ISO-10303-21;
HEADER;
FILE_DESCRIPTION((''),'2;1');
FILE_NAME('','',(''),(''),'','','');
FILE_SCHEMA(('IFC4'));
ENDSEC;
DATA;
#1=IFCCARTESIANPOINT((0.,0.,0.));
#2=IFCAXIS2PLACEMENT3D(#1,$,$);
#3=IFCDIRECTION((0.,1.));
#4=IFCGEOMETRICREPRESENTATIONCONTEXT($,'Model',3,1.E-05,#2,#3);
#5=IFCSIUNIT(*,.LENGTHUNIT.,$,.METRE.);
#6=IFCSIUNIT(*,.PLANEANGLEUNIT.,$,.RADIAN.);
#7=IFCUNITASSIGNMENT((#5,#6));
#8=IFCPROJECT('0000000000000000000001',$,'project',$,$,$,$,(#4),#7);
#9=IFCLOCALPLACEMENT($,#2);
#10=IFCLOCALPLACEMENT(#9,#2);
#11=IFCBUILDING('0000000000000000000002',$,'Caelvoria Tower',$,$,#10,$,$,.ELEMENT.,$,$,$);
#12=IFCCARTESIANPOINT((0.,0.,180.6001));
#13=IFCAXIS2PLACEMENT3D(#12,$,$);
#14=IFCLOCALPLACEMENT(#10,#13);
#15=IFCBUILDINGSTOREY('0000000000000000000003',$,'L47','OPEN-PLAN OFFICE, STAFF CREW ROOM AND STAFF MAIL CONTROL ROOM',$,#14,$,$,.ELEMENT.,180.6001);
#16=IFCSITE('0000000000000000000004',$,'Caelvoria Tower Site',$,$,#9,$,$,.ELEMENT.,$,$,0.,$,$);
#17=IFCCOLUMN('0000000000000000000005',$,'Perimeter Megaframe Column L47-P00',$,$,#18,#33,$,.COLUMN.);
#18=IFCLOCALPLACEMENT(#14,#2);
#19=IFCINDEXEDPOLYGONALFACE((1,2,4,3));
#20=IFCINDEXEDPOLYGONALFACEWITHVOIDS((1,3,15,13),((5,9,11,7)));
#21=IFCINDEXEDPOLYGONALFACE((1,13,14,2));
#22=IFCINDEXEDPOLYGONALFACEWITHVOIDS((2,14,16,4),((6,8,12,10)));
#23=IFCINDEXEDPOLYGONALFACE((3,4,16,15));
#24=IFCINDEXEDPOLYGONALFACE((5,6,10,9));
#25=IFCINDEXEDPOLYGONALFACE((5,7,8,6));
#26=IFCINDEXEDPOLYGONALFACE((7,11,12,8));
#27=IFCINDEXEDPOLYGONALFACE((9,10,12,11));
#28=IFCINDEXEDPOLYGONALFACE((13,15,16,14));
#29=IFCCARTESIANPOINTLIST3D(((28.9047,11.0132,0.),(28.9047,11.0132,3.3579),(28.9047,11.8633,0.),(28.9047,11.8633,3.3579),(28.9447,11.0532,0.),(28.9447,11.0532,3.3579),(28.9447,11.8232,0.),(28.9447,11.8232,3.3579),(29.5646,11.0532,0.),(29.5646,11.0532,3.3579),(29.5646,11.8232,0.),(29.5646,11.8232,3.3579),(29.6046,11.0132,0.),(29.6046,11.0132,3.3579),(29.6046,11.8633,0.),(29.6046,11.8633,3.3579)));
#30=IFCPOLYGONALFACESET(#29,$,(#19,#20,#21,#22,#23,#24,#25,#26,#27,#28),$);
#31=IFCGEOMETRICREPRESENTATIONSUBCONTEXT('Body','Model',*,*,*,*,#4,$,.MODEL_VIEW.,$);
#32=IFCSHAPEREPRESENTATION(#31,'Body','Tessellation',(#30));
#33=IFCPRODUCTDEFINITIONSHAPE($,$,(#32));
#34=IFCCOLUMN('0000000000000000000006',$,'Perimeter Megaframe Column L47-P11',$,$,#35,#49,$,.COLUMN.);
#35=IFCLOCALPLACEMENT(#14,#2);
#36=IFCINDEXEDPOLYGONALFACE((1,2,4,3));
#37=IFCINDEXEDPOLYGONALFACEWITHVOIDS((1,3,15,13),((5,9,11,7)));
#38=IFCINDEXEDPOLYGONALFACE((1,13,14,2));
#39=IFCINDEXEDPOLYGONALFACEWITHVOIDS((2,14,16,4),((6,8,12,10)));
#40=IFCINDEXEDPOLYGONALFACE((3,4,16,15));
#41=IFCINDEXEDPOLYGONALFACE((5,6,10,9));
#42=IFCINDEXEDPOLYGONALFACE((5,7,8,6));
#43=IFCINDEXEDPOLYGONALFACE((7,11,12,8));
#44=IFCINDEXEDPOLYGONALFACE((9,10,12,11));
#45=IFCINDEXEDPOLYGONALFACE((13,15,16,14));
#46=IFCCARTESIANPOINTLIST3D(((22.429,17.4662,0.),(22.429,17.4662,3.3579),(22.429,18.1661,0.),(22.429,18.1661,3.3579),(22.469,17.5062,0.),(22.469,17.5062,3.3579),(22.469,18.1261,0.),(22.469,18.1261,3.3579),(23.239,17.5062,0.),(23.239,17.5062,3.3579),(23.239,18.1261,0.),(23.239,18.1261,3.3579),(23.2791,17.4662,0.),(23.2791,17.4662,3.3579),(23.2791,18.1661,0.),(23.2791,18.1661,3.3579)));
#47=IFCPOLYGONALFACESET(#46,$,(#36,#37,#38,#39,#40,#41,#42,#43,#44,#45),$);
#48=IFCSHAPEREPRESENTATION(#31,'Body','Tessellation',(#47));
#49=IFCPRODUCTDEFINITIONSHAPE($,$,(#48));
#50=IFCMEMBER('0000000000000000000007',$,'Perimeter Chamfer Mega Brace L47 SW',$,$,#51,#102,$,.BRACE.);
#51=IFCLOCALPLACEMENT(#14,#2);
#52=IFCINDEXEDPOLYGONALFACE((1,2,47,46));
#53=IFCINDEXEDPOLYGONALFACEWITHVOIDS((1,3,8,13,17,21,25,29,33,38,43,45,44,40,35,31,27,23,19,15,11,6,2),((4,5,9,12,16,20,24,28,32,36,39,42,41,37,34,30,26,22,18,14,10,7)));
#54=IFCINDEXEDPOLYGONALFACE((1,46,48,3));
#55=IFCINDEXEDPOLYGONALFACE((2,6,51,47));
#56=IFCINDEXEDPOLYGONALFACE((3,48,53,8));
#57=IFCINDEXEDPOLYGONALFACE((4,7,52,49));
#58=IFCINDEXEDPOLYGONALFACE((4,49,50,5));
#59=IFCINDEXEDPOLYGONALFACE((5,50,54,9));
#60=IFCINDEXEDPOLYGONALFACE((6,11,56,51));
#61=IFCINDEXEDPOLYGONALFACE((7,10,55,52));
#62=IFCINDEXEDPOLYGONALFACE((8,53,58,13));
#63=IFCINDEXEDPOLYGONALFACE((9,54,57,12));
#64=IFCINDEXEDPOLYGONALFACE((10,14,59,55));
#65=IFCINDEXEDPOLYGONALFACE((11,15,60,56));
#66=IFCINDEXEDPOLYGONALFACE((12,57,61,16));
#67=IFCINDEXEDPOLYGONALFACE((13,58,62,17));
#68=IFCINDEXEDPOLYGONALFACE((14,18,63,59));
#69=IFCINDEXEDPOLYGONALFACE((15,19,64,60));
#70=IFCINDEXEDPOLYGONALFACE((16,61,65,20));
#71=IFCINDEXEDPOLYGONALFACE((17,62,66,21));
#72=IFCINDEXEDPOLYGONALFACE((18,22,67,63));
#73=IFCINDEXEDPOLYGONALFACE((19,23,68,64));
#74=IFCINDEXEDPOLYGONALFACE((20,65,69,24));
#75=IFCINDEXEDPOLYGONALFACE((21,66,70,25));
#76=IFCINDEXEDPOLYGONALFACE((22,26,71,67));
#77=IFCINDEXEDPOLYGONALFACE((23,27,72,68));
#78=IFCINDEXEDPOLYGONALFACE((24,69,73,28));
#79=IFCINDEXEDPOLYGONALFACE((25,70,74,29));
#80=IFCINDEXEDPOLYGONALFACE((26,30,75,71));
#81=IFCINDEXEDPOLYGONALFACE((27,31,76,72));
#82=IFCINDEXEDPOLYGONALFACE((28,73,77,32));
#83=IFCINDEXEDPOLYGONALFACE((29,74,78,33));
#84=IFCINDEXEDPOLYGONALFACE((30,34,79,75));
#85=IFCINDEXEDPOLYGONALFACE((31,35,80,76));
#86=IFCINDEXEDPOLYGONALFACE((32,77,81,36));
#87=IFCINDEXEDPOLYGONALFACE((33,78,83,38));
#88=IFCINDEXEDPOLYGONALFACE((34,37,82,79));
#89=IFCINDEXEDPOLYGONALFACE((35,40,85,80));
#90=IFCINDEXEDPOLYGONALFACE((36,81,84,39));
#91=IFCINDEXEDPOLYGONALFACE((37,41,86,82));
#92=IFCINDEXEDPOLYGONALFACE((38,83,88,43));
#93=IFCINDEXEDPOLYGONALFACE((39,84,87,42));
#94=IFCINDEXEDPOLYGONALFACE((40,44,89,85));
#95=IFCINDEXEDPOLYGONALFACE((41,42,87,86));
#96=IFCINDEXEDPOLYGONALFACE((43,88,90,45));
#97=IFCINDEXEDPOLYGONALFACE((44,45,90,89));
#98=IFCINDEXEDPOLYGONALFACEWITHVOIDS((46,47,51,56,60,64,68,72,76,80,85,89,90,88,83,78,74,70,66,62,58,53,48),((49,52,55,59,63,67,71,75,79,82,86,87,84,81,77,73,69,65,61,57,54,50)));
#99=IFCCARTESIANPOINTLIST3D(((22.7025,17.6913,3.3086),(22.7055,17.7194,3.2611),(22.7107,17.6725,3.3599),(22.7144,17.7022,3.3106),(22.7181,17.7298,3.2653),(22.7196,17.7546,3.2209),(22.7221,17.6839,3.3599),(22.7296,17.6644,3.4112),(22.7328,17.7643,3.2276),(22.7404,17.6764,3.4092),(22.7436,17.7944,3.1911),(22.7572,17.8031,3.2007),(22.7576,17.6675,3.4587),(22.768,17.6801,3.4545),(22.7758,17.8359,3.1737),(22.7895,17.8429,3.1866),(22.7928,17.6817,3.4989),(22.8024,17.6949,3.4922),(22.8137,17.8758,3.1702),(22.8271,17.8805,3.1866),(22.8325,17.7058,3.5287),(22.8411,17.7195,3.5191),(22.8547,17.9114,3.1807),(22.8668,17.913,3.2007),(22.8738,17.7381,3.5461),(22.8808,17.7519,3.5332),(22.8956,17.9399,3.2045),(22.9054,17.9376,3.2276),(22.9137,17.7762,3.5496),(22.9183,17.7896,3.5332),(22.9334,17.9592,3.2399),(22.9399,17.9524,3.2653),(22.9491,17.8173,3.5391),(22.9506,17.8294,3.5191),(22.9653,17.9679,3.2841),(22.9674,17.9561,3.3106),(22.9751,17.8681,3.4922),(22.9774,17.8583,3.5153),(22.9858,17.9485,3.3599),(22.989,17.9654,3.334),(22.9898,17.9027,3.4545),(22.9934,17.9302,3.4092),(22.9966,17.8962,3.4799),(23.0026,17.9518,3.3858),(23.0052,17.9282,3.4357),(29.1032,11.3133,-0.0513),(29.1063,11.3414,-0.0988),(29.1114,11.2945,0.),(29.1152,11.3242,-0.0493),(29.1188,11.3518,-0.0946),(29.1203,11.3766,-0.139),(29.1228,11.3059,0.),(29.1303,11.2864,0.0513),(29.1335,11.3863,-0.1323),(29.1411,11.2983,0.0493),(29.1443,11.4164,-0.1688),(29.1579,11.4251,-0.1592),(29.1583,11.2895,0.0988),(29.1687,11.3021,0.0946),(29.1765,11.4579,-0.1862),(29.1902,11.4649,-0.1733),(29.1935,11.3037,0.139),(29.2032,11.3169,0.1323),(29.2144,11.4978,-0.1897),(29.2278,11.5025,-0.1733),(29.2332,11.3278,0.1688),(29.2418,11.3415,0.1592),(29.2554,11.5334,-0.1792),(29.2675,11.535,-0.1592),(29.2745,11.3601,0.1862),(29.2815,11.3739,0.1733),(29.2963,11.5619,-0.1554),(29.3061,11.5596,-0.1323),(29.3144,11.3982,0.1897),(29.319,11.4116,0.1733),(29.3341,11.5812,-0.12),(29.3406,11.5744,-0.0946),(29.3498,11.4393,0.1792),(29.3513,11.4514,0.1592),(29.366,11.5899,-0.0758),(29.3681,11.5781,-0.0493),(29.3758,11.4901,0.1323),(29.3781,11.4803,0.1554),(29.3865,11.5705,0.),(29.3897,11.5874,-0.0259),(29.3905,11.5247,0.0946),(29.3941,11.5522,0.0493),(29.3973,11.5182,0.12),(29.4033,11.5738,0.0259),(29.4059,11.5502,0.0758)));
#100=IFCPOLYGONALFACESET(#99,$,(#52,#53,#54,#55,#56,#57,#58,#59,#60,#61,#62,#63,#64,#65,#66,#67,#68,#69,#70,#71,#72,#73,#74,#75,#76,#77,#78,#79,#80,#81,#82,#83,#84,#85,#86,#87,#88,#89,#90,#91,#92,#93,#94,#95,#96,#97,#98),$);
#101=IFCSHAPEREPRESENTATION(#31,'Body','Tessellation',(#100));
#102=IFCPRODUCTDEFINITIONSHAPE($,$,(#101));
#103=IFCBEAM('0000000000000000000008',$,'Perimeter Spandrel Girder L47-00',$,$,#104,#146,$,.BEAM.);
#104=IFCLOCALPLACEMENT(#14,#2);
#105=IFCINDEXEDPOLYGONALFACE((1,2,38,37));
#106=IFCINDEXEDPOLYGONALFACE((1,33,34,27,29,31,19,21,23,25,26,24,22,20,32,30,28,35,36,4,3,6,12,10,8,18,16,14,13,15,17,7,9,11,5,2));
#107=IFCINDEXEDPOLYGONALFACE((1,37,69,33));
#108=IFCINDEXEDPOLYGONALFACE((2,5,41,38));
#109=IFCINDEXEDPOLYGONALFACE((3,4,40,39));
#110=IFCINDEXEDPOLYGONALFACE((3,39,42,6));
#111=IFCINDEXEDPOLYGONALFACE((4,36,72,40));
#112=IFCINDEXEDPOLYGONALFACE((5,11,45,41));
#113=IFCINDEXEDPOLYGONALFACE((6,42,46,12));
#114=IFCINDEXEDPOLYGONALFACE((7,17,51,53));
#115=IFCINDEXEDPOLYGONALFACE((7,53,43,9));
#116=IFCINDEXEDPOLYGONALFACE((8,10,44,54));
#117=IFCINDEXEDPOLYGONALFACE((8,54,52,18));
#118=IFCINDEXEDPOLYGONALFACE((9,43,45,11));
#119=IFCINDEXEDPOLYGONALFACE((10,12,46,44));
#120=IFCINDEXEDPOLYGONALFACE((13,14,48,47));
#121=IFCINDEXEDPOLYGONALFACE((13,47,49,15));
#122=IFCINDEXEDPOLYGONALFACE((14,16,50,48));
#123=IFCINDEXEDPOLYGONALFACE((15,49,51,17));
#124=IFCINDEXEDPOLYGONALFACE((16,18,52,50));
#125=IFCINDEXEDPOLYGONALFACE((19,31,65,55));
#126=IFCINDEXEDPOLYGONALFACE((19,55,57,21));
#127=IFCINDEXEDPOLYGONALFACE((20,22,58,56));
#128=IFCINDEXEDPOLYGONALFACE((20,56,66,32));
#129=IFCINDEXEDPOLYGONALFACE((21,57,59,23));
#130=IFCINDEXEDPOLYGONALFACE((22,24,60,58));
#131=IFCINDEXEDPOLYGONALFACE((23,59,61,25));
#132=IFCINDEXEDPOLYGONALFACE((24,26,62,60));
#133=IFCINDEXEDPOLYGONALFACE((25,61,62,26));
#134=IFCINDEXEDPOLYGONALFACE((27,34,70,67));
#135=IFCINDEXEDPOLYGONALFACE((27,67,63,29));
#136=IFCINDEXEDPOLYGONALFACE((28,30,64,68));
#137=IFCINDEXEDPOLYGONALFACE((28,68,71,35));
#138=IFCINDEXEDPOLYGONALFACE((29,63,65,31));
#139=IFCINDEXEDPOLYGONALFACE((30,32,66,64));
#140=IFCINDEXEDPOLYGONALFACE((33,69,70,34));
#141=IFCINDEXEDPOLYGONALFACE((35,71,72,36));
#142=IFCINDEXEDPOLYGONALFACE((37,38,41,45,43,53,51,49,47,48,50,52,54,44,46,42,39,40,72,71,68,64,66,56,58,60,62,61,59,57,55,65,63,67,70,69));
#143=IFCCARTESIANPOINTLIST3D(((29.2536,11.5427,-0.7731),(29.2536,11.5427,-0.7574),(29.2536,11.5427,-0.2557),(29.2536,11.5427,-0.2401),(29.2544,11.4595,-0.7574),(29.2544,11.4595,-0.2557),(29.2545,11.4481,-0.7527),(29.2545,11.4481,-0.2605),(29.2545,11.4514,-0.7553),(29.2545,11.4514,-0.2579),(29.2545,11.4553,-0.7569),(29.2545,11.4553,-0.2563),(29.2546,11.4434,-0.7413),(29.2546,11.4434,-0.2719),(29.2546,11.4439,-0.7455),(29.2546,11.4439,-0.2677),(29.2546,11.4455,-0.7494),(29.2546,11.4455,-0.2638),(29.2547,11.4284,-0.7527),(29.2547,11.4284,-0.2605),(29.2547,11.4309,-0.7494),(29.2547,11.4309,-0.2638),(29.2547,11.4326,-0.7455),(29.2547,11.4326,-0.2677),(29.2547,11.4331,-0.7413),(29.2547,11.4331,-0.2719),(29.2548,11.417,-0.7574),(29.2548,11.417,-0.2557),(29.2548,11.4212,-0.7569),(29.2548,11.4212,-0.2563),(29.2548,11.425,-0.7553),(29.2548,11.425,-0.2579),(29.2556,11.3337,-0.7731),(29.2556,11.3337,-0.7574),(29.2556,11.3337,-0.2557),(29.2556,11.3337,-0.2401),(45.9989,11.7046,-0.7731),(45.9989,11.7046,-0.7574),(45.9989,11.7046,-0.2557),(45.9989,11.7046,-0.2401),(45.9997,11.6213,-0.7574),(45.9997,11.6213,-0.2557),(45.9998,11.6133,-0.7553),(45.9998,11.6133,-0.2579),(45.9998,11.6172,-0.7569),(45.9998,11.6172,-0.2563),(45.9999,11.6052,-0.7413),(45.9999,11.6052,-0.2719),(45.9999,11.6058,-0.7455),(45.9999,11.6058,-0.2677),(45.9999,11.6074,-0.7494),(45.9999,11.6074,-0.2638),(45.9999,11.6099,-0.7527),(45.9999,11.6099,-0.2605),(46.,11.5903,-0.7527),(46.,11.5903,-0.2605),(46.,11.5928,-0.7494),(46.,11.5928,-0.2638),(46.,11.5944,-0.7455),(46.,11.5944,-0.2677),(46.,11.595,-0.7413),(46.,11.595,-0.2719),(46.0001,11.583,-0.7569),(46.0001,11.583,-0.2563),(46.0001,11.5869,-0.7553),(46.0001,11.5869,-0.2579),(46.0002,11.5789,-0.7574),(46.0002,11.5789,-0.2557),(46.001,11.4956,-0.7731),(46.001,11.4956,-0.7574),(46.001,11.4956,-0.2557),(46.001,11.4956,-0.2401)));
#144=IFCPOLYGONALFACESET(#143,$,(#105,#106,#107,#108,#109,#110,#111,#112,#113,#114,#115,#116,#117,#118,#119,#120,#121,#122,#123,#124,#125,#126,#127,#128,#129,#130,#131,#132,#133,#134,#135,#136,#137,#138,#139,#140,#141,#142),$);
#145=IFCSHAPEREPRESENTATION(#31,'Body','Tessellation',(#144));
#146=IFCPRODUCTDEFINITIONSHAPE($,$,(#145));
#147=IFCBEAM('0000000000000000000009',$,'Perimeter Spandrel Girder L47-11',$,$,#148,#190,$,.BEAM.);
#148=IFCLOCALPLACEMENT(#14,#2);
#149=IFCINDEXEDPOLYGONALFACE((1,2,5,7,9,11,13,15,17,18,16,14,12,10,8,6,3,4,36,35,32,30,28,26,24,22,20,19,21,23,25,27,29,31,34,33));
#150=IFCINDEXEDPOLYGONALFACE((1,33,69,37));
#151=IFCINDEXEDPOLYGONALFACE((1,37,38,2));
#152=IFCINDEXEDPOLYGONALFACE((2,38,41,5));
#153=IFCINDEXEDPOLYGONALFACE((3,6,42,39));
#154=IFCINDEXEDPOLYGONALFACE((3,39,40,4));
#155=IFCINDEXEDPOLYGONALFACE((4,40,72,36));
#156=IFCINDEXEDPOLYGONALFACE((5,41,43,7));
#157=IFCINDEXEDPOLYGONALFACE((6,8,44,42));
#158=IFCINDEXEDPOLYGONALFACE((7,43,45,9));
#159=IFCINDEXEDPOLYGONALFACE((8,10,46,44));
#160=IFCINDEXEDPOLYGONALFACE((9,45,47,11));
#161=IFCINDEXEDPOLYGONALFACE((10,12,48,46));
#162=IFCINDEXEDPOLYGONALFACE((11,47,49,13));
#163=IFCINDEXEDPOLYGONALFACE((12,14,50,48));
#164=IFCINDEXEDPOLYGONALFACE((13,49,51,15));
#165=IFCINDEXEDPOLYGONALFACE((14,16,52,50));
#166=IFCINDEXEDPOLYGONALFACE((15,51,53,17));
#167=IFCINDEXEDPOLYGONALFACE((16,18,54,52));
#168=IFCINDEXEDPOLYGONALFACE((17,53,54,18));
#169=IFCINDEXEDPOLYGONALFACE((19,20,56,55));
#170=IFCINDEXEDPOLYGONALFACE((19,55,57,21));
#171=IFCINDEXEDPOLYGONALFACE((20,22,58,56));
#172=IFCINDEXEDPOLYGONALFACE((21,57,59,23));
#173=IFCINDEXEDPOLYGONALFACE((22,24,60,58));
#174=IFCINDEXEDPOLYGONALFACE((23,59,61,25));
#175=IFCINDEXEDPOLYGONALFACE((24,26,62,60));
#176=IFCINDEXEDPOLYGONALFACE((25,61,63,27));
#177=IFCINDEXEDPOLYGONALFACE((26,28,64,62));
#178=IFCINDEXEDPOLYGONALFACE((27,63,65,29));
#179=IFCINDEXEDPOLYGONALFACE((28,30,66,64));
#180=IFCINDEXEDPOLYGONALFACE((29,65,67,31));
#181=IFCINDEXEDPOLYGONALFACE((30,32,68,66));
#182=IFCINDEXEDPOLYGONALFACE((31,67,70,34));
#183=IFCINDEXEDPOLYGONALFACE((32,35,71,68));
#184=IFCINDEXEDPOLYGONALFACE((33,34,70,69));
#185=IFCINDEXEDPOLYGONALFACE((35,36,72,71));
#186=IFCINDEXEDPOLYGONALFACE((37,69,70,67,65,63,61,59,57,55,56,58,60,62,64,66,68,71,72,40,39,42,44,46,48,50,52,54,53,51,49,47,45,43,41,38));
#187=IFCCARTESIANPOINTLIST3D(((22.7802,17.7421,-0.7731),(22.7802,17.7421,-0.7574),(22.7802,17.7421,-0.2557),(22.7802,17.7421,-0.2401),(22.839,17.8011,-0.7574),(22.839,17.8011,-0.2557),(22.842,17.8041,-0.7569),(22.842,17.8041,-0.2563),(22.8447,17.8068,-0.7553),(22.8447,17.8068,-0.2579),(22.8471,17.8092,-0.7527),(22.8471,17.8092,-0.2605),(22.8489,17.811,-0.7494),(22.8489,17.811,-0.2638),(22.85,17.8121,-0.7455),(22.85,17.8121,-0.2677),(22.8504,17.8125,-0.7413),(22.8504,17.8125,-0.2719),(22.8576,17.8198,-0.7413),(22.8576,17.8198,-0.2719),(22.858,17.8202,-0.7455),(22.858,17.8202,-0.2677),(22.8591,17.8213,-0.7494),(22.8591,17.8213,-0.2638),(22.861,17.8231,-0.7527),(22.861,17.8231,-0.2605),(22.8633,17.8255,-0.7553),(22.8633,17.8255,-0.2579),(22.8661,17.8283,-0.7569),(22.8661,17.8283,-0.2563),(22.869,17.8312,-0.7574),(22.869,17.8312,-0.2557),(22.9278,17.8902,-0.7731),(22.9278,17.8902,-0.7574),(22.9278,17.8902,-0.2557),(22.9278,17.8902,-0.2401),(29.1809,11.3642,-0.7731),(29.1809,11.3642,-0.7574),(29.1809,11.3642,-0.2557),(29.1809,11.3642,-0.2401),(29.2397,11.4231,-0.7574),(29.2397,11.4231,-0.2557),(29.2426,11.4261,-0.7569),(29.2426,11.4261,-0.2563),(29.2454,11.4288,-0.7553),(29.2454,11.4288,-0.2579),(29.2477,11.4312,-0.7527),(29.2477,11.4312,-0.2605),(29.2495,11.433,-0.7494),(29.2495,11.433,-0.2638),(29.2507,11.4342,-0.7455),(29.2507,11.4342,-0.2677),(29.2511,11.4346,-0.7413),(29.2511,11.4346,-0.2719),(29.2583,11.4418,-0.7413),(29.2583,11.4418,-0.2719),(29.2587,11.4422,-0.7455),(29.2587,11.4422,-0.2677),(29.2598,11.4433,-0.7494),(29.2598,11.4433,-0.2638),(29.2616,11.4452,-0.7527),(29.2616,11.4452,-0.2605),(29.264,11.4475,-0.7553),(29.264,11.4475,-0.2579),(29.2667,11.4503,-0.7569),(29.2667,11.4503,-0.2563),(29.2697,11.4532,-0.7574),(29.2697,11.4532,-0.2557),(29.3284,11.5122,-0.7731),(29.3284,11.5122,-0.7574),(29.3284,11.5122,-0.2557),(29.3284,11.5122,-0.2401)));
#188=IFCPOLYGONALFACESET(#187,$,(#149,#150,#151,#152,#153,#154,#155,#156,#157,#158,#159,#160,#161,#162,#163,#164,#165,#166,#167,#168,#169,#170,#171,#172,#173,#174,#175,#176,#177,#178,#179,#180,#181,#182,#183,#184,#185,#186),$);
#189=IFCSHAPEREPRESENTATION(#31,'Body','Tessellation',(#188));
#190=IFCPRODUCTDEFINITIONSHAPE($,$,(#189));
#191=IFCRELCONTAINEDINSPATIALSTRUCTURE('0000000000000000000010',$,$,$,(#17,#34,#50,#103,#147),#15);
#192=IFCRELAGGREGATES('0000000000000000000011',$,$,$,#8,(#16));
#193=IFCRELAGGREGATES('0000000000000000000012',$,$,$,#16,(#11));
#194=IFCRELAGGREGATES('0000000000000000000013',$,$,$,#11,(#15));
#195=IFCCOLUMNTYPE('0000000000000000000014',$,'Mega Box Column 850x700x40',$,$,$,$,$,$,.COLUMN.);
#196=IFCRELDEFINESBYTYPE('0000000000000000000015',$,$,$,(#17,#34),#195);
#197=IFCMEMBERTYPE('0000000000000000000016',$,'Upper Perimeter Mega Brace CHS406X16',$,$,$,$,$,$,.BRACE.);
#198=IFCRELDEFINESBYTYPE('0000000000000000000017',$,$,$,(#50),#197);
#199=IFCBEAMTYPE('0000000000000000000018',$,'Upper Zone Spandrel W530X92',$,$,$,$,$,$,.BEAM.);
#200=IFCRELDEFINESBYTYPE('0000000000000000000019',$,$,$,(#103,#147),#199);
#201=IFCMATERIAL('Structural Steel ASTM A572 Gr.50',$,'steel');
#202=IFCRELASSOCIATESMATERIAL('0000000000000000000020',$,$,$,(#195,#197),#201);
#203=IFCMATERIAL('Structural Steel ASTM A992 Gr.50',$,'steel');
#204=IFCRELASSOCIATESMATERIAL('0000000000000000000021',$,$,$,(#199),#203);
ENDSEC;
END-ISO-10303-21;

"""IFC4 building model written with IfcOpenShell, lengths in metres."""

from ifc_helpers import new_model, si_unit, direction, frame, origin, origin_2d, place, context, subcontext, project, spatial, hollow_rectangle, hollow_circle, i_section, extrude, material, material_profile, profile_set, type_object, element, save


model = new_model("IFC4")

# Units and contexts
model_context = context("Model", 3, precision=1e-05, world=origin(), true_north=direction((0.0, 1.0)))
body_context = subcontext(model_context, "Body", "Model", "MODEL_VIEW")
ifc_project = project(units=[si_unit("LENGTHUNIT", "METRE"), si_unit("PLANEANGLEUNIT", "RADIAN")], contexts=[model_context])

# Site, building, storey
site_placement = place(None, origin())
site = spatial("IfcSite", under=ifc_project, at=site_placement, Name="Caelvoria Tower Site", CompositionType="ELEMENT", RefElevation=0.0)
building_placement = place(site_placement, origin())
building = spatial("IfcBuilding", under=site, at=building_placement, Name="Caelvoria Tower", CompositionType="ELEMENT")
storey_placement = place(building_placement, frame((0.0, 0.0, 180.6001)))
storey = spatial("IfcBuildingStorey", under=building, at=storey_placement, Name="L47", Description="OPEN-PLAN OFFICE, STAFF CREW ROOM AND STAFF MAIL CONTROL ROOM", CompositionType="ELEMENT", Elevation=180.6001)

# Columns
ifc_material_1 = material(Name="Structural Steel ASTM A572 Gr.50", Category="steel")
ifc_material_profile_1 = material_profile(ifc_material_1, hollow_rectangle(XDim=0.7, YDim=0.8501, WallThickness=0.04, at=origin_2d()), Name="Structural Steel ASTM A572 Gr.50")
ifc_profile_set_1 = profile_set([ifc_material_profile_1], Name="BOX850X700X40 - Structural Steel ASTM A572 Gr.50")
column_type = type_object("IfcColumnType", Name="Mega Box Column 850x700x40", PredefinedType="COLUMN", material=ifc_profile_set_1)
for number, where, z_axis, x_axis, name in (
    (1, (29.2546, 11.4382, 0.0), (0.0, 0.0, 1.0), (1.0, 0.0, 0.0), "Perimeter Megaframe Column L47-P00"),
    (2, (22.854, 17.8162, 0.0), (0.0, 0.0, 1.0), (0.0, 1.0, 0.0), "Perimeter Megaframe Column L47-P11"),
):
    element("IfcColumn", number, at=place(storey_placement, frame(where, z_axis=z_axis, x_axis=x_axis)), inside=storey, type_object=column_type, Name=name, PredefinedType="COLUMN", context=body_context, shape_type="SweptSolid", body=[
        extrude(hollow_rectangle(XDim=0.7, YDim=0.8501, WallThickness=0.04, at=origin_2d()), origin(), (0.0, 0.0, 1.0), 3.3579),
    ])

# Member
ifc_material_profile_2 = material_profile(ifc_material_1, hollow_circle(Radius=0.2029, WallThickness=0.0161, at=origin_2d()), Name="Structural Steel ASTM A572 Gr.50")
ifc_profile_set_2 = profile_set([ifc_material_profile_2], Name="CHS406X16 - Structural Steel ASTM A572 Gr.50")
member_type = type_object("IfcMemberType", Name="Upper Perimeter Mega Brace CHS406X16", PredefinedType="BRACE", material=ifc_profile_set_2)
member_placement = place(storey_placement, frame((29.2546, 11.4382, 0.0), z_axis=(-0.663948, 0.661592, 0.348524), x_axis=(-0.705849, -0.708362, 0.0)))
element("IfcMember", 3, at=member_placement, inside=storey, type_object=member_type, Name="Perimeter Chamfer Mega Brace L47 SW", PredefinedType="BRACE", context=body_context, shape_type="SweptSolid", body=[
    extrude(hollow_circle(Radius=0.2029, WallThickness=0.0161, at=origin_2d()), origin(), (0.0, 0.0, 1.0), 9.6404),
])

# Beams
ifc_material_2 = material(Name="Structural Steel ASTM A992 Gr.50", Category="steel")
ifc_material_profile_3 = material_profile(ifc_material_2, i_section(OverallWidth=0.209, OverallDepth=0.533, WebThickness=0.0103, FlangeThickness=0.0156, FilletRadius=0.0161, at=origin_2d()), Name="Structural Steel ASTM A992 Gr.50")
ifc_profile_set_3 = profile_set([ifc_material_profile_3], Name="W530X92 - Structural Steel ASTM A992 Gr.50")
beam_type = type_object("IfcBeamType", Name="Upper Zone Spandrel W530X92", PredefinedType="BEAM", material=ifc_profile_set_3)
beam_1_placement = place(storey_placement, frame((29.2546, 11.4382, -0.5066), z_axis=(0.999953, 0.009666, 0.0), x_axis=(-0.009666, 0.999953, 0.0)))
element("IfcBeam", 4, at=beam_1_placement, inside=storey, type_object=beam_type, Name="Perimeter Spandrel Girder L47-00", PredefinedType="BEAM", context=body_context, shape_type="SweptSolid", body=[
    extrude(i_section(OverallWidth=0.209, OverallDepth=0.533, WebThickness=0.0103, FlangeThickness=0.0156, FilletRadius=0.0161, at=origin_2d()), origin(), (0.0, 0.0, 1.0), 16.7461),
])
beam_2_placement = place(storey_placement, frame((22.854, 17.8162, -0.5066), z_axis=(0.708362, -0.705849, 0.0), x_axis=(0.705849, 0.708362, 0.0)))
element("IfcBeam", 5, at=beam_2_placement, inside=storey, type_object=beam_type, Name="Perimeter Spandrel Girder L47-11", PredefinedType="BEAM", context=body_context, shape_type="SweptSolid", body=[
    extrude(i_section(OverallWidth=0.209, OverallDepth=0.533, WebThickness=0.0103, FlangeThickness=0.0156, FilletRadius=0.0161, at=origin_2d()), origin(), (0.0, 0.0, 1.0), 9.0359),
])

save(model, "model.ifc")
